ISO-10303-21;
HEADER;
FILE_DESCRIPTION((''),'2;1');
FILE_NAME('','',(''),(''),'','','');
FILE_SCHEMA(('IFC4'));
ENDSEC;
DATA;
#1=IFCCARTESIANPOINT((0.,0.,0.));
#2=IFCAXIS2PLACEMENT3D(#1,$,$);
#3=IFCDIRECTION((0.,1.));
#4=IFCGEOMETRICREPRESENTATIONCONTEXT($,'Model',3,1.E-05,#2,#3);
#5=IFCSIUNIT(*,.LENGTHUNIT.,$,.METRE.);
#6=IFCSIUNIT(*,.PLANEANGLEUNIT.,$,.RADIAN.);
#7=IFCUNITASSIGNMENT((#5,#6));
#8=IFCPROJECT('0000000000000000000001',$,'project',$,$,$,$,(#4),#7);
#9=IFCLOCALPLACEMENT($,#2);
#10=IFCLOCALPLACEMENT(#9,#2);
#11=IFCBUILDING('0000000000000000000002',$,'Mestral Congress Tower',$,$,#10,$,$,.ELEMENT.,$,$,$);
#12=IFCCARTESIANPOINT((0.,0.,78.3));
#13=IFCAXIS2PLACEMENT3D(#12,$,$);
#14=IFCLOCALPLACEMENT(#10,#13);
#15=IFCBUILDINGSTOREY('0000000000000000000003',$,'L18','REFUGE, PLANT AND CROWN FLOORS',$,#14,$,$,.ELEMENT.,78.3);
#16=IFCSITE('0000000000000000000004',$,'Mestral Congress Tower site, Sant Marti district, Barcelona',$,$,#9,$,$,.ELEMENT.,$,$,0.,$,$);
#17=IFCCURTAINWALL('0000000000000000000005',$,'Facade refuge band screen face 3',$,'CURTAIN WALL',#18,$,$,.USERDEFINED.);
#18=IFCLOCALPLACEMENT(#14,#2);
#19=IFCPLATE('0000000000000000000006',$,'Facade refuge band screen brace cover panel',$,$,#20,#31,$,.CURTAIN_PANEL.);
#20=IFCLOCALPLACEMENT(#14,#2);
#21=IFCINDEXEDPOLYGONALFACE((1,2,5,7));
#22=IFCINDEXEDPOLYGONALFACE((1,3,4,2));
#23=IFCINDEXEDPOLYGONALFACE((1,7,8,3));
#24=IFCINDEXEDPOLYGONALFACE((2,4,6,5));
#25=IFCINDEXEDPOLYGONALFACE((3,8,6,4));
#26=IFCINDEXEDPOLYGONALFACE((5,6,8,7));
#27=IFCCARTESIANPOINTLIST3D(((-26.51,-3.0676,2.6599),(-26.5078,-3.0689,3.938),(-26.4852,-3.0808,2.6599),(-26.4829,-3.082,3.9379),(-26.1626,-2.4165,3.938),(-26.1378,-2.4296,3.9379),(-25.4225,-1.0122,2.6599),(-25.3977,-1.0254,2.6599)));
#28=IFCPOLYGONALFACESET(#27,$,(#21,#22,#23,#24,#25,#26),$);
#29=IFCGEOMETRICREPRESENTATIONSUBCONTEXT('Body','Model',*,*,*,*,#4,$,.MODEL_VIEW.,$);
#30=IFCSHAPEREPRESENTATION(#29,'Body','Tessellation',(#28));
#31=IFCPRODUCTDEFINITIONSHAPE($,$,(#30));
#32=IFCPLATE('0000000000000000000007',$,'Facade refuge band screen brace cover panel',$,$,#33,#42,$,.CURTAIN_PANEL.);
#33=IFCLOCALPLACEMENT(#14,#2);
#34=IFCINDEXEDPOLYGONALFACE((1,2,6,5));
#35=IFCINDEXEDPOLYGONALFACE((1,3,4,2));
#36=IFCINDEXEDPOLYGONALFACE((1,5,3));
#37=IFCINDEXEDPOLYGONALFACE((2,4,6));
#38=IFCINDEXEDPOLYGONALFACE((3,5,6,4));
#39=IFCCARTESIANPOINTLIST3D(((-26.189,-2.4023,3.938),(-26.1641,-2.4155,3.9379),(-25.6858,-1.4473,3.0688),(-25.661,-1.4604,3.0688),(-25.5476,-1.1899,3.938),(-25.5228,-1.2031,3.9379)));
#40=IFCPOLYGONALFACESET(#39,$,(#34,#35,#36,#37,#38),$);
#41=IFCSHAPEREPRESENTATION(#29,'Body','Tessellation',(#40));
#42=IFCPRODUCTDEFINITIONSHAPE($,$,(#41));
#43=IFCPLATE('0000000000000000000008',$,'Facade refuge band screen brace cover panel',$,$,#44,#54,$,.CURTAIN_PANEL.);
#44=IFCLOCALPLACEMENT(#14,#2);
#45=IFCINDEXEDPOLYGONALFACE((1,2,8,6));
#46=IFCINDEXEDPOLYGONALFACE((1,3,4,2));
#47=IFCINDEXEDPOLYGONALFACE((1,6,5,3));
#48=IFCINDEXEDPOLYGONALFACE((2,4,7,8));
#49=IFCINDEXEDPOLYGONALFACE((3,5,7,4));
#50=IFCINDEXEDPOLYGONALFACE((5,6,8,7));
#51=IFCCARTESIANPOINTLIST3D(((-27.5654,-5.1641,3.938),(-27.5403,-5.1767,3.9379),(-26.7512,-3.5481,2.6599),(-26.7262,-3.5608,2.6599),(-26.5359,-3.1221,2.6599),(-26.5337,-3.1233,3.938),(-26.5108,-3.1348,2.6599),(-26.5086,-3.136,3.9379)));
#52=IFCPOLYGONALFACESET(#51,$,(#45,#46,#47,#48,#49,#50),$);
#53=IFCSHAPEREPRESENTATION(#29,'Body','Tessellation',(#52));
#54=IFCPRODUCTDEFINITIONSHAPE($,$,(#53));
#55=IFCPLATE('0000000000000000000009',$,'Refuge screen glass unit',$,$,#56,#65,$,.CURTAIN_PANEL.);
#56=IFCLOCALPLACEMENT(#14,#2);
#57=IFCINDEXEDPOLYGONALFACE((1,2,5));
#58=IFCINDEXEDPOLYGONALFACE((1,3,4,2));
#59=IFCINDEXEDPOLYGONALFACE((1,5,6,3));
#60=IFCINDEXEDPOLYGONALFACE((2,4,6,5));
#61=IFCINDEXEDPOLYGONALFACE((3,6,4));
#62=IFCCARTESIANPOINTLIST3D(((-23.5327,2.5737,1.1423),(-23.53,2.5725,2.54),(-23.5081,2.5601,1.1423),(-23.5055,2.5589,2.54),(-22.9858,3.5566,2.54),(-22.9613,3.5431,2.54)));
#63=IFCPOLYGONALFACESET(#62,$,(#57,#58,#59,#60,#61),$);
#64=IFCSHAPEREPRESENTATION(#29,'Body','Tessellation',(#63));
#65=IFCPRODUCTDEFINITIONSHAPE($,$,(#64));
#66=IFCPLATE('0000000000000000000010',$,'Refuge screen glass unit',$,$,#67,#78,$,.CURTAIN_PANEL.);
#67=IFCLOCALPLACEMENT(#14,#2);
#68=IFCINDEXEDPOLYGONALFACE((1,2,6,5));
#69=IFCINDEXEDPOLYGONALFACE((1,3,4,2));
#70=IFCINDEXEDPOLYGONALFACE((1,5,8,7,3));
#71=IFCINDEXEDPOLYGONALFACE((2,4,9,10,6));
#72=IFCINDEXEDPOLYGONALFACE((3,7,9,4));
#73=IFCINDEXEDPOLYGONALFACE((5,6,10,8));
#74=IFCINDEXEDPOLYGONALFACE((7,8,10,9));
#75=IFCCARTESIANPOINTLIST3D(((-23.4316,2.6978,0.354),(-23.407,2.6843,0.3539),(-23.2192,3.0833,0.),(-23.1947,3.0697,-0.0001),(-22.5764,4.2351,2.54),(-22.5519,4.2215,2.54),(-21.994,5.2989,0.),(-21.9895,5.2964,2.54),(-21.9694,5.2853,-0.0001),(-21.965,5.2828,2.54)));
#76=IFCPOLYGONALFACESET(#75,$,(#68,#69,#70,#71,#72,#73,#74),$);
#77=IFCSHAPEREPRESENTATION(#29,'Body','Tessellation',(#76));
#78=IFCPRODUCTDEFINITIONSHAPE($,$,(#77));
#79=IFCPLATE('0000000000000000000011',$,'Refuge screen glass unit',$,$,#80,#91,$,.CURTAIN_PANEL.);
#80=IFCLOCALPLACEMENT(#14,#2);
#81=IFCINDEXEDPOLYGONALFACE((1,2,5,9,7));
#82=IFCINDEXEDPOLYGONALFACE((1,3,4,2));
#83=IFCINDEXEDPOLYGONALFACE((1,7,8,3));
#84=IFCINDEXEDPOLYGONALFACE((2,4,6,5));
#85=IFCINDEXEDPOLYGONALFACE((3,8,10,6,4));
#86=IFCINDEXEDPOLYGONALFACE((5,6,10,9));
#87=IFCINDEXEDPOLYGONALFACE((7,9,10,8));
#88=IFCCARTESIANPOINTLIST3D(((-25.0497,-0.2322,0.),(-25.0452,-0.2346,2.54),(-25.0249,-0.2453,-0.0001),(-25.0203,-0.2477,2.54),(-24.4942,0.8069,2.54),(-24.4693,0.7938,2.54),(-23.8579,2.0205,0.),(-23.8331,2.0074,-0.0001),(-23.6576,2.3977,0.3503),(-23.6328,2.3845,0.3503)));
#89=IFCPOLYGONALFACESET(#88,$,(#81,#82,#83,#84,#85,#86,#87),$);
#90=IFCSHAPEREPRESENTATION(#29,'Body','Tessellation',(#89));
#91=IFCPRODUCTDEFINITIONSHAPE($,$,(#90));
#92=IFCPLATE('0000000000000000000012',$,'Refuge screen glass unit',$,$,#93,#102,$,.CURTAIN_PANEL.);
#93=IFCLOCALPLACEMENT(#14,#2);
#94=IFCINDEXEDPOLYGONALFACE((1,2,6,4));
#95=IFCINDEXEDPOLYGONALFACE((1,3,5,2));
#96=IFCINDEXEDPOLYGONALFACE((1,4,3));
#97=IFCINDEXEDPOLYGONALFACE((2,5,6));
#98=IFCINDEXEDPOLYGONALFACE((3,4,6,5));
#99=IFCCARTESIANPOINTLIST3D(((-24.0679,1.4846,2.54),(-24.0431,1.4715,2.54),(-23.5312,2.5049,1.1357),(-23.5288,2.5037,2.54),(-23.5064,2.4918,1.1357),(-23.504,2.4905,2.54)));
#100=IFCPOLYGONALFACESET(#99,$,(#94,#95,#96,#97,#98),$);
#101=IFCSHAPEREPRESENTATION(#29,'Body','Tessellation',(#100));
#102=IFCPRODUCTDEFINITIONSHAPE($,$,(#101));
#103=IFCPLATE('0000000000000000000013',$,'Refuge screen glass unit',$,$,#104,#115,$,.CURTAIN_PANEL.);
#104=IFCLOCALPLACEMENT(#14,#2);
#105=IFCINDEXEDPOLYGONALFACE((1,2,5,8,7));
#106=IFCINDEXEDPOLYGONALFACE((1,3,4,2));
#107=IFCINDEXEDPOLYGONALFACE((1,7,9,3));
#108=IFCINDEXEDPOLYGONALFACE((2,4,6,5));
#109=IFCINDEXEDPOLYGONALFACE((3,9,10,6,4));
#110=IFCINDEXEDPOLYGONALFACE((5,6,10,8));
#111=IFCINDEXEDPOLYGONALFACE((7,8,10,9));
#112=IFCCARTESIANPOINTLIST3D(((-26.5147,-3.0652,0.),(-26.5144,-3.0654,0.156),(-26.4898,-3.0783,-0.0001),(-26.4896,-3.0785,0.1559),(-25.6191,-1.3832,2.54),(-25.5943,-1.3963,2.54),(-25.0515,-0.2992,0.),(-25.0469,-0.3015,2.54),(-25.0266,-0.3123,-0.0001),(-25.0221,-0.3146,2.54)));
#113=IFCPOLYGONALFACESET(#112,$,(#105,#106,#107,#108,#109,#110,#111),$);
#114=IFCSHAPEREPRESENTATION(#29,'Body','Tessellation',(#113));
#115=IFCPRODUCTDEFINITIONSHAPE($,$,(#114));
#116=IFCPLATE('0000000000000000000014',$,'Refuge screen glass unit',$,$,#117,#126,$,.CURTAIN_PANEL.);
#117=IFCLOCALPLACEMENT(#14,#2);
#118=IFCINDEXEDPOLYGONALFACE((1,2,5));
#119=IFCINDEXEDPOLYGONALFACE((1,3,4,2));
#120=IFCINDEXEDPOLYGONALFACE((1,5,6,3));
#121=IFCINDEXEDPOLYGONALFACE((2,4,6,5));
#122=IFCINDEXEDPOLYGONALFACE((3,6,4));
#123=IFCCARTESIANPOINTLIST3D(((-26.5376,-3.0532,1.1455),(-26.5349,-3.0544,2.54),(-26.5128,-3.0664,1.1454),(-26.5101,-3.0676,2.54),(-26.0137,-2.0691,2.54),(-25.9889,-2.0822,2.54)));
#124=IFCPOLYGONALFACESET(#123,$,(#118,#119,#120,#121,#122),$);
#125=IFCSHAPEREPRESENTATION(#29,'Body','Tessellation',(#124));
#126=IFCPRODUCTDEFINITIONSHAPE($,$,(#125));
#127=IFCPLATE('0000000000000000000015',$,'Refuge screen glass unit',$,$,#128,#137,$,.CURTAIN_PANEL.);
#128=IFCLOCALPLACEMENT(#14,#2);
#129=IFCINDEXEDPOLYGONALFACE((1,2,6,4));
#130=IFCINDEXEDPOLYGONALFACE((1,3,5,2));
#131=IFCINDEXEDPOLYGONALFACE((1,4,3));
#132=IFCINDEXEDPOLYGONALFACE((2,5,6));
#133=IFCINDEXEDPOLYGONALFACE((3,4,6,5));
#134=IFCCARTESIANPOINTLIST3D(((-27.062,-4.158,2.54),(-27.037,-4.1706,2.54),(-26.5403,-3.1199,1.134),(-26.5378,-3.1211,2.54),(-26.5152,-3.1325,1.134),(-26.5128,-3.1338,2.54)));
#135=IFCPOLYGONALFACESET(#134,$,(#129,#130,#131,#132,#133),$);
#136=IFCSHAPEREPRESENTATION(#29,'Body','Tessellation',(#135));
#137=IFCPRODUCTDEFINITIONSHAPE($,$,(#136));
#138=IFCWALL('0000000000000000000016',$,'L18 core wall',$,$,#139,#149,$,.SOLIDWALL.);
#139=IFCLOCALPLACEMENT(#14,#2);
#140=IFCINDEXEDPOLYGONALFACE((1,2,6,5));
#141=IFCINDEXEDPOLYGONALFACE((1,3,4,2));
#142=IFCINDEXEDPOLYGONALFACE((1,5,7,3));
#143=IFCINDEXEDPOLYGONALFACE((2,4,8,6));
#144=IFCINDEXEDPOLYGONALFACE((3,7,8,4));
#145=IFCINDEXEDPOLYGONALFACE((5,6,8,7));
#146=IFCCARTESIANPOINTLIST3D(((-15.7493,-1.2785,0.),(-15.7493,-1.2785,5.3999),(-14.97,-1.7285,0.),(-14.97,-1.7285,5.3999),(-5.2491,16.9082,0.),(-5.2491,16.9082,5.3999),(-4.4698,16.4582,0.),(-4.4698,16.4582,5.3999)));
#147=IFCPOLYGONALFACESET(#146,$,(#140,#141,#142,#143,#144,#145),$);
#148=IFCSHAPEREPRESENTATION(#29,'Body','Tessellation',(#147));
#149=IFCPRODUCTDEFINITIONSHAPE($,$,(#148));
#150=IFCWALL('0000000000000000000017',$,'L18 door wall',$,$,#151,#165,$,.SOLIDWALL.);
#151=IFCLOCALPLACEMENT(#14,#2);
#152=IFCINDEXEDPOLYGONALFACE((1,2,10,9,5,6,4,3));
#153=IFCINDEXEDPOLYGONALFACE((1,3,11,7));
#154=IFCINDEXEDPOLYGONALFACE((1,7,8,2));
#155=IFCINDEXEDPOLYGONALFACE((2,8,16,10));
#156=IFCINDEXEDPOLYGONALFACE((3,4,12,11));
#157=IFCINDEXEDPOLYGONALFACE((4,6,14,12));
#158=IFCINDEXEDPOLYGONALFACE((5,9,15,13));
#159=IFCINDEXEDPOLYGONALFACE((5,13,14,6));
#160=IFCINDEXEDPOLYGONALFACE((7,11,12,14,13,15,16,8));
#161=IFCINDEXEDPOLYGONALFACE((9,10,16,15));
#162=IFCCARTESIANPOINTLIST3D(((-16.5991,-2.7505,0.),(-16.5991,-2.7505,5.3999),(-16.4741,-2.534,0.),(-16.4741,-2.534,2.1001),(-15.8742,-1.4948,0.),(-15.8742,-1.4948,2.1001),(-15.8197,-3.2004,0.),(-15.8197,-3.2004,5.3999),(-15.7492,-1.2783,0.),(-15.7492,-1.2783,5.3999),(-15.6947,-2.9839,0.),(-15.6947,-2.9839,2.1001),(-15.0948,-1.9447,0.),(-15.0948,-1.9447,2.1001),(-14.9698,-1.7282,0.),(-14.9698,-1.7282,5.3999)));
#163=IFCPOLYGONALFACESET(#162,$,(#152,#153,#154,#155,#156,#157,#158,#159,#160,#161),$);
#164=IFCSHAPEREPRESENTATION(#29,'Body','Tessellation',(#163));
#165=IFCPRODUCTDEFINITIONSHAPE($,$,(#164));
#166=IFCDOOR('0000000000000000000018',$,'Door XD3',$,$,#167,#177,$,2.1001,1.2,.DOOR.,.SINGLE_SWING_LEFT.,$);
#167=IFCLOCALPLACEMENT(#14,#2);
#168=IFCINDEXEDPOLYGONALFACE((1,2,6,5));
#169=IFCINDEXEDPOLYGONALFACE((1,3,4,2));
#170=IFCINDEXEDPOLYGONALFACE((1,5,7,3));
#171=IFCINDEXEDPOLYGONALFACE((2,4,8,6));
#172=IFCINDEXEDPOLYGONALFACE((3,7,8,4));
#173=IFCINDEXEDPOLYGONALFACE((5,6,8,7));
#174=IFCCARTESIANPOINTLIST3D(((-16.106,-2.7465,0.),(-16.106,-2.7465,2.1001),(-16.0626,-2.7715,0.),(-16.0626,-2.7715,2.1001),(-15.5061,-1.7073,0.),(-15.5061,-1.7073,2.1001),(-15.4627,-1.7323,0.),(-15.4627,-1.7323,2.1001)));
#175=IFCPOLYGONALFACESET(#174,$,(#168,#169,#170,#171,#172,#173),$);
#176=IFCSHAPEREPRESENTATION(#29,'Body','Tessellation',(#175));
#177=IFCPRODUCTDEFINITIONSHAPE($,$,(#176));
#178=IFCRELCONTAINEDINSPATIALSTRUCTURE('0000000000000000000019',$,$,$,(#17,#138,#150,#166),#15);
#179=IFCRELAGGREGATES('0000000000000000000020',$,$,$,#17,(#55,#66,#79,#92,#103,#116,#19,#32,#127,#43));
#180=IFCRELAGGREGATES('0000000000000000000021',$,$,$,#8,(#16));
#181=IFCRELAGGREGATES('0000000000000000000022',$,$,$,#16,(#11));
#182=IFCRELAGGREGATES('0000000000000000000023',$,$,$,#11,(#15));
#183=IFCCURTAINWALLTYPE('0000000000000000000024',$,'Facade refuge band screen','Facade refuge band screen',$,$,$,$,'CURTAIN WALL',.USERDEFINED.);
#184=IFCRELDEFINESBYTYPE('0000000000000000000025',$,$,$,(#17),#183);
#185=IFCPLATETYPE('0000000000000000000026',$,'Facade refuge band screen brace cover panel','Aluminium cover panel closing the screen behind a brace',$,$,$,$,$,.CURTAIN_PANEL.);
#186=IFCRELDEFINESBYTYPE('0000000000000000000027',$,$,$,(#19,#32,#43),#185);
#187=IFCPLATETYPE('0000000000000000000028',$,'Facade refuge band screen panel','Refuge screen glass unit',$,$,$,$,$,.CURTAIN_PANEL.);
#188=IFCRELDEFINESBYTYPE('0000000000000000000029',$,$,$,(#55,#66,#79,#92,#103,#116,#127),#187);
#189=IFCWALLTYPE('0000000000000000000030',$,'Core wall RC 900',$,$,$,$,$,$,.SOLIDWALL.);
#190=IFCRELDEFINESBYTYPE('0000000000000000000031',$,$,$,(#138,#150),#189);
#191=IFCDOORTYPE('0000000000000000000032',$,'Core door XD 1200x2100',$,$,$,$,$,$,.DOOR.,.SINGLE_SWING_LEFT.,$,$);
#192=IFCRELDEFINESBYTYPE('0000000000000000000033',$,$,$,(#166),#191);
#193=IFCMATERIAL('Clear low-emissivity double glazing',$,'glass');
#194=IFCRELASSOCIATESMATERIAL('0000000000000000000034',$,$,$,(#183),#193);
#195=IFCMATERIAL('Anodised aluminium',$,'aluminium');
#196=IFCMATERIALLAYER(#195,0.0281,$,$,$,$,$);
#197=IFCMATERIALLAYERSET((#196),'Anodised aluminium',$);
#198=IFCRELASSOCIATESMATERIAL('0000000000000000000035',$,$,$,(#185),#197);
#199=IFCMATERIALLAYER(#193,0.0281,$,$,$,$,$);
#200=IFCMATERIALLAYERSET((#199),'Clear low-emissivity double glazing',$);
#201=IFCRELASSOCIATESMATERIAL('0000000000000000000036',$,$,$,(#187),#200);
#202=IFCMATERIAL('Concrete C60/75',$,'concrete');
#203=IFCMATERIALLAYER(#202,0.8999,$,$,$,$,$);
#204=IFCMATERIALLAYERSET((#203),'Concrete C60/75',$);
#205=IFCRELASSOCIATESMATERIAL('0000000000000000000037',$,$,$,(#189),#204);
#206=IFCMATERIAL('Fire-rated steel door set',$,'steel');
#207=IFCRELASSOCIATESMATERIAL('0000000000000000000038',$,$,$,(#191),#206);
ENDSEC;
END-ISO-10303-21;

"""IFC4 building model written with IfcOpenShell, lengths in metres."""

from ifc_helpers import new_model, si_unit, direction, frame, frame_2d, origin, place, context, subcontext, project, spatial, polyline, rectangle, outline, extrude, material, layer, layer_set, type_object, element, fill, aggregate, save


model = new_model("IFC4")

# Units and contexts
model_context = context("Model", 3, precision=1e-05, world=origin(), true_north=direction((0.0, 1.0)))
body_context = subcontext(model_context, "Body", "Model", "MODEL_VIEW")
ifc_project = project(units=[si_unit("LENGTHUNIT", "METRE"), si_unit("PLANEANGLEUNIT", "RADIAN")], contexts=[model_context])

# Site, building, storey
site_placement = place(None, origin())
site = spatial("IfcSite", under=ifc_project, at=site_placement, Name="Mestral Congress Tower site, Sant Marti district, Barcelona", CompositionType="ELEMENT", RefElevation=0.0)
building_placement = place(site_placement, origin())
building = spatial("IfcBuilding", under=site, at=building_placement, Name="Mestral Congress Tower", CompositionType="ELEMENT")
storey_placement = place(building_placement, frame((0.0, 0.0, 78.3)))
storey = spatial("IfcBuildingStorey", under=building, at=storey_placement, Name="L18", Description="REFUGE, PLANT AND CROWN FLOORS", CompositionType="ELEMENT", Elevation=78.3)

# Curtain wall
ifc_material_1 = material(Name="Clear low-emissivity double glazing", Category="glass")
curtain_wall_type = type_object("IfcCurtainWallType", Name="Facade refuge band screen", Description="Facade refuge band screen", ElementType="CURTAIN WALL", PredefinedType="USERDEFINED", material=ifc_material_1)
curtain_wall_placement = place(storey_placement, origin())
curtain_wall = element("IfcCurtainWall", 1, at=curtain_wall_placement, inside=storey, type_object=curtain_wall_type, Name="Facade refuge band screen face 3", ObjectType="CURTAIN WALL", PredefinedType="USERDEFINED")
ifc_material_2 = material(Name="Anodised aluminium", Category="aluminium")

# Plates
ifc_layer_1 = layer(ifc_material_2, 0.0281)
ifc_layer_set_1 = layer_set([ifc_layer_1], Name="Anodised aluminium")
plate_type_1 = type_object("IfcPlateType", Name="Facade refuge band screen brace cover panel", Description="Aluminium cover panel closing the screen behind a brace", PredefinedType="CURTAIN_PANEL", material=ifc_layer_set_1)
plate_1_placement = place(storey_placement, frame((-26.51, -3.0676, 2.6599), z_axis=(-0.883908, 0.467656, 0.002018), x_axis=(0.467657, 0.88391, 0.0)))
plate_1 = element("IfcPlate", 2, at=plate_1_placement, type_object=plate_type_1, Name="Facade refuge band screen brace cover panel", PredefinedType="CURTAIN_PANEL", context=body_context, shape_type="SweptSolid", body=[
    extrude(outline(polyline([(0.0, 0.0), (2.3253, 0.0), (0.738, -1.2781), (-0.0001, -1.2781), (0.0, 0.0)])), origin(), (0.0, 0.0, -1.0), 0.0281),
])
plate_2_placement = place(storey_placement, frame((-26.189, -2.4023, 3.938), z_axis=(-0.883937, 0.4676, 0.002095), x_axis=(0.363062, 0.689131, -0.627124)))
plate_2 = element("IfcPlate", 3, at=plate_2_placement, type_object=plate_type_1, Name="Facade refuge band screen brace cover panel", PredefinedType="CURTAIN_PANEL", context=body_context, shape_type="SweptSolid", body=[
    extrude(outline(polyline([(0.0, 0.0), (1.3859, 0.0), (1.0684, -0.8602), (0.0, 0.0)])), origin(), (0.0, 0.0, -1.0), 0.0281),
])
plate_3_placement = place(storey_placement, frame((-26.5337, -3.1233, 3.938), z_axis=(-0.892438, 0.451165, 0.001936), x_axis=(-0.451166, -0.89244, 0.0)))
plate_3 = element("IfcPlate", 4, at=plate_3_placement, type_object=plate_type_1, Name="Facade refuge band screen brace cover panel", PredefinedType="CURTAIN_PANEL", context=body_context, shape_type="SweptSolid", body=[
    extrude(outline(polyline([(0.0, 0.0), (2.2868, 0.0), (0.4773, -1.2781), (-0.0001, -1.2781), (0.0, 0.0)])), origin(), (0.0, 0.0, -1.0), 0.0281),
])
ifc_layer_2 = layer(ifc_material_1, 0.0281)
ifc_layer_set_2 = layer_set([ifc_layer_2], Name="Clear low-emissivity double glazing")
plate_type_2 = type_object("IfcPlateType", Name="Facade refuge band screen panel", Description="Refuge screen glass unit", PredefinedType="CURTAIN_PANEL", material=ifc_layer_set_2)
plate_4_placement = place(storey_placement, frame((-23.53, 2.5725, 2.54), z_axis=(-0.875116, 0.483908, 0.002104), x_axis=(-0.001921, 0.000873, -0.999998)))
plate_4 = element("IfcPlate", 5, at=plate_4_placement, type_object=plate_type_2, Name="Refuge screen glass unit", PredefinedType="CURTAIN_PANEL", context=body_context, shape_type="SweptSolid", body=[
    extrude(outline(polyline([(0.0, 0.0), (1.3977, 0.0), (-0.0002, -1.1246), (0.0, 0.0)])), origin(), (0.0, 0.0, -1.0), 0.0281),
])
plate_5_placement = place(storey_placement, frame((-23.2192, 3.0833, 0.0), z_axis=(-0.875108, 0.483923, 0.002013), x_axis=(0.483924, 0.87511, 0.0)))
plate_5 = element("IfcPlate", 6, at=plate_5_placement, type_object=plate_type_2, Name="Refuge screen glass unit", PredefinedType="CURTAIN_PANEL", context=body_context, shape_type="SweptSolid", body=[
    extrude(outline(polyline([(0.0, 0.0), (2.5318, 0.0), (2.5318, -2.54), (1.3191, -2.54), (-0.44, -0.354), (0.0, 0.0)])), origin(), (0.0, 0.0, -1.0), 0.0281),
])
plate_6_placement = place(storey_placement, frame((-25.0452, -0.2346, 2.54), z_axis=(-0.883922, 0.46763, 0.002034), x_axis=(-0.0018, 0.000947, -0.999998)))
plate_6 = element("IfcPlate", 7, at=plate_6_placement, type_object=plate_type_2, Name="Refuge screen glass unit", PredefinedType="CURTAIN_PANEL", context=body_context, shape_type="SweptSolid", body=[
    extrude(outline(polyline([(0.0, 0.0), (2.54, 0.0), (2.54, -2.5486), (2.1897, -2.9756), (0.0, -1.1783), (0.0, 0.0)])), origin(), (0.0, 0.0, -1.0), 0.0281),
])
plate_7_placement = place(storey_placement, frame((-23.5288, 2.5037, 2.54), z_axis=(-0.883941, 0.467595, 0.001943), x_axis=(-0.467596, -0.883942, 0.0)))
plate_7 = element("IfcPlate", 8, at=plate_7_placement, type_object=plate_type_2, Name="Refuge screen glass unit", PredefinedType="CURTAIN_PANEL", context=body_context, shape_type="SweptSolid", body=[
    extrude(outline(polyline([(0.0, 0.0), (1.1528, 0.0), (0.0001, -1.4043), (0.0, 0.0)])), origin(), (0.0, 0.0, -1.0), 0.0281),
])
plate_8_placement = place(storey_placement, frame((-25.0469, -0.3015, 2.54), z_axis=(-0.883938, 0.4676, 0.00202), x_axis=(-0.467601, -0.88394, 0.0)))
plate_8 = element("IfcPlate", 9, at=plate_8_placement, type_object=plate_type_2, Name="Refuge screen glass unit", PredefinedType="CURTAIN_PANEL", context=body_context, shape_type="SweptSolid", body=[
    extrude(outline(polyline([(0.0, 0.0), (1.2237, 0.0), (3.1294, -2.384), (3.1293, -2.54), (0.0001, -2.54), (0.0, 0.0)])), origin(), (0.0, 0.0, -1.0), 0.0281),
])
plate_9_placement = place(storey_placement, frame((-26.5349, -3.0544, 2.54), z_axis=(-0.88394, 0.467595, 0.002112), x_axis=(-0.001926, 0.000875, -0.999998)))
plate_9 = element("IfcPlate", 10, at=plate_9_placement, type_object=plate_type_2, Name="Refuge screen glass unit", PredefinedType="CURTAIN_PANEL", context=body_context, shape_type="SweptSolid", body=[
    extrude(outline(polyline([(0.0, 0.0), (1.3945, 0.0), (-0.0001, -1.1147), (0.0, 0.0)])), origin(), (0.0, 0.0, -1.0), 0.0281),
])
plate_10_placement = place(storey_placement, frame((-26.5378, -3.1211, 2.54), z_axis=(-0.892442, 0.451159, 0.001941), x_axis=(-0.45116, -0.892443, 0.0)))
plate_10 = element("IfcPlate", 11, at=plate_10_placement, type_object=plate_type_2, Name="Refuge screen glass unit", PredefinedType="CURTAIN_PANEL", context=body_context, shape_type="SweptSolid", body=[
    extrude(outline(polyline([(0.0, 0.0), (1.1618, 0.0), (0.0, -1.406), (0.0, 0.0)])), origin(), (0.0, 0.0, -1.0), 0.0281),
])
aggregate(curtain_wall, [plate_4, plate_5, plate_6, plate_7, plate_8, plate_9, plate_1, plate_2, plate_10, plate_3])

# Wall
ifc_material_3 = material(Name="Concrete C60/75", Category="concrete")
ifc_layer_3 = layer(ifc_material_3, 0.8999)
ifc_layer_set_3 = layer_set([ifc_layer_3], Name="Concrete C60/75")
wall_type = type_object("IfcWallType", Name="Core wall RC 900", PredefinedType="SOLIDWALL", material=ifc_layer_set_3)
wall_1_placement = place(storey_placement, frame((-15.3596, -1.5034, 0.0), z_axis=(0.0, 0.0, 1.0), x_axis=(0.500004, 0.866023, 0.0)))
element("IfcWall", 12, at=wall_1_placement, inside=storey, type_object=wall_type, Name="L18 core wall", PredefinedType="SOLIDWALL", context=body_context, shape_type="SweptSolid", body=[
    extrude(rectangle(XDim=21.0002, YDim=0.8999, at=frame_2d((10.5, 0.0))), origin(), (0.0, 0.0, 1.0), 5.3999),
])

# Wall, opening, door
wall_2_placement = place(storey_placement, frame((-16.2095, -2.9756, 0.0), z_axis=(0.0, 0.0, 1.0), x_axis=(0.499955, 0.866052, 0.0)))
wall_2 = element("IfcWall", 13, at=wall_2_placement, inside=storey, type_object=wall_type, Name="L18 door wall", PredefinedType="SOLIDWALL", context=body_context, shape_type="SweptSolid", body=[
    extrude(rectangle(XDim=1.7, YDim=0.8999, at=frame_2d((0.8501, 0.0))), origin(), (0.0, 0.0, 1.0), 5.3999),
])
opening_placement = place(wall_2_placement, frame((0.25, 0.0, 0.0)))
opening = element("IfcOpeningElement", 14, at=opening_placement, cuts=wall_2, PredefinedType="OPENING", context=body_context, shape_type="SweptSolid", body=[
    extrude(rectangle(XDim=1.2, YDim=2.1001, at=frame_2d((0.6001, 1.05))), frame((0.0, 0.46, 0.0), z_axis=(0.0, -1.0, 0.0), x_axis=(1.0, 0.0, 0.0)), (0.0, 0.0, 1.0), 0.9199),
])
ifc_material_4 = material(Name="Fire-rated steel door set", Category="steel")
door_type = type_object("IfcDoorType", Name="Core door XD 1200x2100", OperationType="SINGLE_SWING_LEFT", PredefinedType="DOOR", material=ifc_material_4)
door_placement = place(opening_placement, origin())
door = element("IfcDoor", 15, at=door_placement, inside=storey, type_object=door_type, Name="Door XD3", OperationType="SINGLE_SWING_LEFT", OverallHeight=2.1001, OverallWidth=1.2, PredefinedType="DOOR", context=body_context, shape_type="SweptSolid", body=[
    extrude(rectangle(XDim=1.2, YDim=2.1001, at=frame_2d((0.6001, 1.05))), frame((0.0, 0.0249, 0.0), z_axis=(0.0, -1.0, 0.0), x_axis=(1.0, 0.0, 0.0)), (0.0, 0.0, 1.0), 0.05),
])
fill(opening, door)

save(model, "model.ifc")
